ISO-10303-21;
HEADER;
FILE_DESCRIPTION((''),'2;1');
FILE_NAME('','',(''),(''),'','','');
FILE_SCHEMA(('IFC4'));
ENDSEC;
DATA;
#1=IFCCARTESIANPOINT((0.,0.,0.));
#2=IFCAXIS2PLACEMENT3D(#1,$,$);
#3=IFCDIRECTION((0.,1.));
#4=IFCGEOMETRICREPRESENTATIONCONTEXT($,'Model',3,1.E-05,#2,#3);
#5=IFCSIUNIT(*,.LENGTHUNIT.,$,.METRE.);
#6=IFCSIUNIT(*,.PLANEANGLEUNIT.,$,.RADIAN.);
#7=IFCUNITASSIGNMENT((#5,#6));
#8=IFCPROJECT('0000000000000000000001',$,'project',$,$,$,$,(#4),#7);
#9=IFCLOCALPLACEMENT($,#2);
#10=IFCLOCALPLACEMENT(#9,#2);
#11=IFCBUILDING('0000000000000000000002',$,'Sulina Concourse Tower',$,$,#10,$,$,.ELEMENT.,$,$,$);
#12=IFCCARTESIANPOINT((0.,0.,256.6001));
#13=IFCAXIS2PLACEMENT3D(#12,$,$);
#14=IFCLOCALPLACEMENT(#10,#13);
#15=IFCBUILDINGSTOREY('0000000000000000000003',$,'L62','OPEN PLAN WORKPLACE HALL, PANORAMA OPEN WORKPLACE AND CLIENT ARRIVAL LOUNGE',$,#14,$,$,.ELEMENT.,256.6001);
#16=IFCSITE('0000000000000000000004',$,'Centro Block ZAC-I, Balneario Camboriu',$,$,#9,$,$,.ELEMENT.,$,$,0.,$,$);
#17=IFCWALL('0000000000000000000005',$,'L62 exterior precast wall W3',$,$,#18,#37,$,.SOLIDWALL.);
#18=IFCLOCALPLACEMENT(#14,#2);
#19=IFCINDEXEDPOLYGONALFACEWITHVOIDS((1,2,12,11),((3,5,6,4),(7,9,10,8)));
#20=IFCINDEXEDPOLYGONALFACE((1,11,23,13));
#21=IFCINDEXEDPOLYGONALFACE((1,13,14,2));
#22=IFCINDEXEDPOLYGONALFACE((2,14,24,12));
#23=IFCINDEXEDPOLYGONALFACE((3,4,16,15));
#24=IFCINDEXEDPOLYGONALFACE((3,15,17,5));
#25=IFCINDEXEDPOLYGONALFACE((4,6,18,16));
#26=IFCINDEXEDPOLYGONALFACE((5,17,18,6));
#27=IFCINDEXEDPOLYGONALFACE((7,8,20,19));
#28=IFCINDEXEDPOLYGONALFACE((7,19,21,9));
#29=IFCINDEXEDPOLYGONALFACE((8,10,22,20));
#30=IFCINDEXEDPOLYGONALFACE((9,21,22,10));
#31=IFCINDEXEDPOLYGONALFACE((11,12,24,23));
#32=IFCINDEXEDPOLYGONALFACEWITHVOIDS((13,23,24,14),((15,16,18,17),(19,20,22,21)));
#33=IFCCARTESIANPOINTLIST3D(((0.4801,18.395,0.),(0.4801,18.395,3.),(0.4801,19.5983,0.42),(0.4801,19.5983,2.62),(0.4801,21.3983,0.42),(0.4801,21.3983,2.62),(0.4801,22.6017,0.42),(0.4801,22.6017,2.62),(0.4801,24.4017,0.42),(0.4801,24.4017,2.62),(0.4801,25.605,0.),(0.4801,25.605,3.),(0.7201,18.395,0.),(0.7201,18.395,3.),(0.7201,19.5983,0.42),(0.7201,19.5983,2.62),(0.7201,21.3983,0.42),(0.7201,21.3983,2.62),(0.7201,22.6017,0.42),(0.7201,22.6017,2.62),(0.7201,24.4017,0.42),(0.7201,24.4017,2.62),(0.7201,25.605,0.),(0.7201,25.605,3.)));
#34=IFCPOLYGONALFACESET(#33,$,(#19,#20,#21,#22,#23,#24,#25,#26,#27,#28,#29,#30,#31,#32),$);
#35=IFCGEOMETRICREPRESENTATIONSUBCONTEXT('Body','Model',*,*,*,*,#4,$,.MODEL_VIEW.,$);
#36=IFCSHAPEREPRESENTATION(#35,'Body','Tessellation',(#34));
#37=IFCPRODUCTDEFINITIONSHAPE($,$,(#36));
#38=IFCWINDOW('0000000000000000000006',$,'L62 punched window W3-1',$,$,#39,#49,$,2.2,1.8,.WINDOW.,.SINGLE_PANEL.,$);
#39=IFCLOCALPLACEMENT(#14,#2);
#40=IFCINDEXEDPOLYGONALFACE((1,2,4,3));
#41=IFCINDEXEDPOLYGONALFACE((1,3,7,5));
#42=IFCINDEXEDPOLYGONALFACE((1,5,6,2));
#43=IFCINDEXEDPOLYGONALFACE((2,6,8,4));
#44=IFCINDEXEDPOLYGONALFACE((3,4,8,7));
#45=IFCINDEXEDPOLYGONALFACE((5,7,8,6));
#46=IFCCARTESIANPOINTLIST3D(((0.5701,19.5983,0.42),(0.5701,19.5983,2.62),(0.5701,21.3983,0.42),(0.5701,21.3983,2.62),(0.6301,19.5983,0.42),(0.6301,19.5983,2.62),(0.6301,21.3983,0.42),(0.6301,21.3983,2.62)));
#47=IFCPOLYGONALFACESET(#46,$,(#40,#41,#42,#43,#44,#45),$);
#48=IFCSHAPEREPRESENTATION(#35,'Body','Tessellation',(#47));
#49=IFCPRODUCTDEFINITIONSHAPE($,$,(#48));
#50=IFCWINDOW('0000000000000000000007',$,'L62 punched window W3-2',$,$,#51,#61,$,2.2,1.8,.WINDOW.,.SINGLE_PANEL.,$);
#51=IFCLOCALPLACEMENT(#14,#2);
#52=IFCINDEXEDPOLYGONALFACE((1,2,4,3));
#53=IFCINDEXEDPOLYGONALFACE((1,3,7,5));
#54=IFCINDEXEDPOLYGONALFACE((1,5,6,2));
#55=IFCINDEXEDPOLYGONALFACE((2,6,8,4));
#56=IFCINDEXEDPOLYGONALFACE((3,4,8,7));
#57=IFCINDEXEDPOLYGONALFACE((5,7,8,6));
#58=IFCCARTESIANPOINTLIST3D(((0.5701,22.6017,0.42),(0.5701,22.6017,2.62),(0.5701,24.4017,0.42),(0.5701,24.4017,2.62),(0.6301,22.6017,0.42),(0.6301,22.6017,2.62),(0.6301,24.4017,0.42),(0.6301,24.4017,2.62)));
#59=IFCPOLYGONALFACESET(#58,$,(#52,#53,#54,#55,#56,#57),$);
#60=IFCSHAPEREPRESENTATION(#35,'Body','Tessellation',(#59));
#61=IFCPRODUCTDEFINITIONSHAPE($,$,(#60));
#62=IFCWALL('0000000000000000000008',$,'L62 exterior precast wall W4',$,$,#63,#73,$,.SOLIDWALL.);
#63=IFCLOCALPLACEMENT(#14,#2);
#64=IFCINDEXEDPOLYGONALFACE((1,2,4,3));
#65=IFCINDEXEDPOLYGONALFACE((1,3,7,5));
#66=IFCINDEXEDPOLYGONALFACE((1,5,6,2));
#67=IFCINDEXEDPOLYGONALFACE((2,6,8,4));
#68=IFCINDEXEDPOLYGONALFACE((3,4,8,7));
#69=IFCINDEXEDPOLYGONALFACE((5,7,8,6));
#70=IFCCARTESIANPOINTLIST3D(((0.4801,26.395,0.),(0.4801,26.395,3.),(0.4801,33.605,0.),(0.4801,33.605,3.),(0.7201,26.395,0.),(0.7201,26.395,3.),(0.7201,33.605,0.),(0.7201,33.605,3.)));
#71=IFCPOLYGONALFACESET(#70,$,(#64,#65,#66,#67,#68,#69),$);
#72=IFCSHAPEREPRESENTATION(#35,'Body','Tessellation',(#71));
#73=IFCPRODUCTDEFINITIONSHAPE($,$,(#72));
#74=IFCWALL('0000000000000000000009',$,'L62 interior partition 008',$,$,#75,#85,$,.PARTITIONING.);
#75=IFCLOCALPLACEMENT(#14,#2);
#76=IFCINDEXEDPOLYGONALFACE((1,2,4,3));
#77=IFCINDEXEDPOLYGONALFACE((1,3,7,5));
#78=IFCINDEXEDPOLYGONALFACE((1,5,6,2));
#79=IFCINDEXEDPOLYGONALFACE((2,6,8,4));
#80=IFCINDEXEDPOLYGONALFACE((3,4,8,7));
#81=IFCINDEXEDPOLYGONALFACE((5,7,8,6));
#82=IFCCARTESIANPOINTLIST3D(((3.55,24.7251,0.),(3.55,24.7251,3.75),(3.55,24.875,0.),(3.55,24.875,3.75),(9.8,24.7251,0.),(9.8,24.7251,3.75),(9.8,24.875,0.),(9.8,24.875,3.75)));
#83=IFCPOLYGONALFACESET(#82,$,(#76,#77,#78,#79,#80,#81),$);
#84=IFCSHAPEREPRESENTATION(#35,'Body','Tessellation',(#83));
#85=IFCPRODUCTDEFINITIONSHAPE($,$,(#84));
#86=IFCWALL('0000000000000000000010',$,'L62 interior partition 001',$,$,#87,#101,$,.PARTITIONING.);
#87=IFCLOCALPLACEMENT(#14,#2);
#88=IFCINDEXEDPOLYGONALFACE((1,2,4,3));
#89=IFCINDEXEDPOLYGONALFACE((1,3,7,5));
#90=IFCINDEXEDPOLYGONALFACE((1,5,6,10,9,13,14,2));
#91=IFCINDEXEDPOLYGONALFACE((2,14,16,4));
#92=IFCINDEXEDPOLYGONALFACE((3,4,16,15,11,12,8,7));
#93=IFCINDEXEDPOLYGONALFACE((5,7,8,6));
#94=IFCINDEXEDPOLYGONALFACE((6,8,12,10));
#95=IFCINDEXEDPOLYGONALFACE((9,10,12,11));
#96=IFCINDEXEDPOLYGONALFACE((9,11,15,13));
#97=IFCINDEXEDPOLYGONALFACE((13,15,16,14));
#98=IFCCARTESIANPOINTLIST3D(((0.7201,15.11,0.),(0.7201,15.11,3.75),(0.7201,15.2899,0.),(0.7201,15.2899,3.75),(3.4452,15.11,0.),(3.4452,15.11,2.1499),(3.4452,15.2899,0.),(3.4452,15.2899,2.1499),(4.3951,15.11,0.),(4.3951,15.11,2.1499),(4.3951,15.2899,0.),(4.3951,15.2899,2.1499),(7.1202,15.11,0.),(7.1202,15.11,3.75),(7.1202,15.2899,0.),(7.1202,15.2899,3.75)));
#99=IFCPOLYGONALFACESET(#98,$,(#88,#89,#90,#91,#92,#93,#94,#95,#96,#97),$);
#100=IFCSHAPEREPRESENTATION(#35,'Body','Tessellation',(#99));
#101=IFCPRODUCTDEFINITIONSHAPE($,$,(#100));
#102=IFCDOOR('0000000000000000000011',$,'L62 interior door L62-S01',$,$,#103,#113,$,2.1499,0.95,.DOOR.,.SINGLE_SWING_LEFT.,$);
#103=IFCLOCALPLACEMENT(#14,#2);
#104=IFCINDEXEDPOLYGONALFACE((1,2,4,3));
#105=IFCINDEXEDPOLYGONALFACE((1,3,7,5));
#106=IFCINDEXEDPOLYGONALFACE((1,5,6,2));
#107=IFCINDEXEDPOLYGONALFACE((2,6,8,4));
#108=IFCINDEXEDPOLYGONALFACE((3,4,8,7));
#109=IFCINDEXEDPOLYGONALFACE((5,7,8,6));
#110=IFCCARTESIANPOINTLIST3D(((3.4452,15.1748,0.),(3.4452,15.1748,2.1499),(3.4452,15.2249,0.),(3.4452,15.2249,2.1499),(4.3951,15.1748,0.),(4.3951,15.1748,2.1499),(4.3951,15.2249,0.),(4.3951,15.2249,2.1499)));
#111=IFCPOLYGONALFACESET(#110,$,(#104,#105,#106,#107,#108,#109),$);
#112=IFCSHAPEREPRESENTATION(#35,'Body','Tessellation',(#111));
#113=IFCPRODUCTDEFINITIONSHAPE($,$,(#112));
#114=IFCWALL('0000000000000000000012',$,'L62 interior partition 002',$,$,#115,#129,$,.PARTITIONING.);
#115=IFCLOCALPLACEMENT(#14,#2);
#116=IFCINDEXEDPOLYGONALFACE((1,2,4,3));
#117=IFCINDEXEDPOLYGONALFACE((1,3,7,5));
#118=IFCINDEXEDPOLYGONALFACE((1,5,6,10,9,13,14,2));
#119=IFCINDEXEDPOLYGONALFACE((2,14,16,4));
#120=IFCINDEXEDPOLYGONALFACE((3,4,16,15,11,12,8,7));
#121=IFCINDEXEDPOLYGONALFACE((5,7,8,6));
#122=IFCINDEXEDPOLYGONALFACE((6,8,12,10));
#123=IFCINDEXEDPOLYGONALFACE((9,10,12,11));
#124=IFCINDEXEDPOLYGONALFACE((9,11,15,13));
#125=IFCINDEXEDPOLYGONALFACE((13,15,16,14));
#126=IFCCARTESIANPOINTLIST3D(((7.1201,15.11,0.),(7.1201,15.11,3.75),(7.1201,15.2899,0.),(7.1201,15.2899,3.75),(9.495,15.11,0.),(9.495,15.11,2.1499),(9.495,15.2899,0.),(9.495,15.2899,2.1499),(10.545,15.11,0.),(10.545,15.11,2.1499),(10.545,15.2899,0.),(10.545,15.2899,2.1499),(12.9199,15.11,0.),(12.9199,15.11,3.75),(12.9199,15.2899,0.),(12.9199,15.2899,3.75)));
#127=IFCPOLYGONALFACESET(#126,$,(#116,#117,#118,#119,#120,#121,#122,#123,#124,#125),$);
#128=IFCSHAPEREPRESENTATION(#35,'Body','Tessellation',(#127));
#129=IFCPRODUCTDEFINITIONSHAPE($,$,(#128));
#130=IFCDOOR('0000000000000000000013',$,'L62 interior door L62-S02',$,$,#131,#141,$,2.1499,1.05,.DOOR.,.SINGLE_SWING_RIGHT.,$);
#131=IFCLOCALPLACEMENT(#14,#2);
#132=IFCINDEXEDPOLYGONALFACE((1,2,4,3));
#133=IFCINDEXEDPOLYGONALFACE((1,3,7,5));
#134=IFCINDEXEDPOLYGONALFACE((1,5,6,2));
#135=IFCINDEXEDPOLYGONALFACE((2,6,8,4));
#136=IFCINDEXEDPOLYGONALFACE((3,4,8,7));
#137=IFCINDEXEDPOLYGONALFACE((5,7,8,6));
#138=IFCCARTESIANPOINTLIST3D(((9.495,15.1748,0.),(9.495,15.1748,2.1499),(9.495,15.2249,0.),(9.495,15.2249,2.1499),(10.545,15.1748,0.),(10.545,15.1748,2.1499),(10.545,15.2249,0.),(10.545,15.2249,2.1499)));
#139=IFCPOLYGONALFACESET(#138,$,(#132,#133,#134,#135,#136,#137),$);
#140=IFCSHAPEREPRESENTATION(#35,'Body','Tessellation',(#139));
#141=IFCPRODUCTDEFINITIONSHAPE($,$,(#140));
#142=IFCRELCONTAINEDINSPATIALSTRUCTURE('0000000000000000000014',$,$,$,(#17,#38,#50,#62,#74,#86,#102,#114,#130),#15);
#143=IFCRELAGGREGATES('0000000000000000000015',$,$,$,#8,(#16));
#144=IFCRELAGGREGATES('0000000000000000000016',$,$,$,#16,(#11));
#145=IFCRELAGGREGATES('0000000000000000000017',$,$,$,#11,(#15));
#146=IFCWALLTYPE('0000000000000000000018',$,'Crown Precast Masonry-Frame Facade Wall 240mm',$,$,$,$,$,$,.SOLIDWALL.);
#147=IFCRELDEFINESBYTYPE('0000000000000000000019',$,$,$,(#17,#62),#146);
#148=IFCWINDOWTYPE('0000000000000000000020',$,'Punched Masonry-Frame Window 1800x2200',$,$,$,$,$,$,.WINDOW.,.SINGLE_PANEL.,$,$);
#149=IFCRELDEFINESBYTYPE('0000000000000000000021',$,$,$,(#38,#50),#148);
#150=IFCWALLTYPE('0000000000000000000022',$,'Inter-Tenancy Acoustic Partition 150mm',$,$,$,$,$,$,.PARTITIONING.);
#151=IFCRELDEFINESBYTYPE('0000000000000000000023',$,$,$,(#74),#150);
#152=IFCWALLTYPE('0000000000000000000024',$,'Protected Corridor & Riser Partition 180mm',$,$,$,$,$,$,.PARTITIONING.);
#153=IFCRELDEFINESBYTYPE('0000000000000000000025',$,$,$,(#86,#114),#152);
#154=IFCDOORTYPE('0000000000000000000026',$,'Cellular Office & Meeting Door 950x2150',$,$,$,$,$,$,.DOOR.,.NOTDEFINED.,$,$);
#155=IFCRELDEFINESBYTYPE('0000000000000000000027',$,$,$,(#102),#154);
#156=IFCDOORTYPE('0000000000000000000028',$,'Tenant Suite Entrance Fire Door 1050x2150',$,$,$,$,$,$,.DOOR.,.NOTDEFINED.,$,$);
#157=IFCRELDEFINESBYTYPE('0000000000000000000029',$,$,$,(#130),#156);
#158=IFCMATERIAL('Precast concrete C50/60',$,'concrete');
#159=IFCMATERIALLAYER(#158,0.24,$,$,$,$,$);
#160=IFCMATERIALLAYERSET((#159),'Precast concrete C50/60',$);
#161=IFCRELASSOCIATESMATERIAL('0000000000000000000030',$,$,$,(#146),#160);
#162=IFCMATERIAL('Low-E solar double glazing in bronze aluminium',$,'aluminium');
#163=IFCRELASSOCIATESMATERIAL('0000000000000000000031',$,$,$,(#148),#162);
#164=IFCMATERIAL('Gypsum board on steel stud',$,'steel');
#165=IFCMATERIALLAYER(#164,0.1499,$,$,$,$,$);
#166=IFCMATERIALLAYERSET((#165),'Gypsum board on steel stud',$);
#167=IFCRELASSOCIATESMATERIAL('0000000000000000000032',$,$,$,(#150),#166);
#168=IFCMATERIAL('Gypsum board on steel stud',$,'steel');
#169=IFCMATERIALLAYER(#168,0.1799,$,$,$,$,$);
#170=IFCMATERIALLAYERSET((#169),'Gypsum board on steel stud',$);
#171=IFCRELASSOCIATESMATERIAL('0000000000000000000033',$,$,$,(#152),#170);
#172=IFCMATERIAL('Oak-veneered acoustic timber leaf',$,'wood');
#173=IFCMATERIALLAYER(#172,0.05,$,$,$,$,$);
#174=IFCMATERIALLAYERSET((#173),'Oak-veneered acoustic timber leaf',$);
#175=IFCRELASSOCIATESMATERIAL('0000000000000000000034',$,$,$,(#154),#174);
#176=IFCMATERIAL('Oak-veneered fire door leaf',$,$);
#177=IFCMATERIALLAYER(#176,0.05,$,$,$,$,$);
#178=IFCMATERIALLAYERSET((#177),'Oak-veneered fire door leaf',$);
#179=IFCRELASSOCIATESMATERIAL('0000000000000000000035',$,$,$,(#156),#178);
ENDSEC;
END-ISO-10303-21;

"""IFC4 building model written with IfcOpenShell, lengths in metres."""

from ifc_helpers import new_model, si_unit, direction, frame, frame_2d, origin, place, context, subcontext, project, spatial, rectangle, extrude, material, layer, layer_set, type_object, element, fill, save


model = new_model("IFC4")

# Units and contexts
model_context = context("Model", 3, precision=1e-05, world=origin(), true_north=direction((0.0, 1.0)))
body_context = subcontext(model_context, "Body", "Model", "MODEL_VIEW")
ifc_project = project(units=[si_unit("LENGTHUNIT", "METRE"), si_unit("PLANEANGLEUNIT", "RADIAN")], contexts=[model_context])

# Site, building, storey
site_placement = place(None, origin())
site = spatial("IfcSite", under=ifc_project, at=site_placement, Name="Centro Block ZAC-I, Balneario Camboriu", CompositionType="ELEMENT", RefElevation=0.0)
building_placement = place(site_placement, origin())
building = spatial("IfcBuilding", under=site, at=building_placement, Name="Sulina Concourse Tower", CompositionType="ELEMENT")
storey_placement = place(building_placement, frame((0.0, 0.0, 256.6001)))
storey = spatial("IfcBuildingStorey", under=building, at=storey_placement, Name="L62", Description="OPEN PLAN WORKPLACE HALL, PANORAMA OPEN WORKPLACE AND CLIENT ARRIVAL LOUNGE", CompositionType="ELEMENT", Elevation=256.6001)

# Wall, openings, windows
ifc_material_1 = material(Name="Precast concrete C50/60", Category="concrete")
ifc_layer_1 = layer(ifc_material_1, 0.24)
ifc_layer_set_1 = layer_set([ifc_layer_1], Name="Precast concrete C50/60")
wall_type_1 = type_object("IfcWallType", Name="Crown Precast Masonry-Frame Facade Wall 240mm", PredefinedType="SOLIDWALL", material=ifc_layer_set_1)
wall_1_placement = place(storey_placement, frame((0.6001, 18.395, 0.0), z_axis=(0.0, 0.0, 1.0), x_axis=(0.0, 1.0, 0.0)))
wall_1 = element("IfcWall", 1, at=wall_1_placement, inside=storey, type_object=wall_type_1, Name="L62 exterior precast wall W3", PredefinedType="SOLIDWALL", context=body_context, shape_type="SweptSolid", body=[
    extrude(rectangle(XDim=7.21, YDim=0.24, at=frame_2d((3.605, 0.0))), origin(), (0.0, 0.0, 1.0), 3.0),
])
opening_1_placement = place(wall_1_placement, frame((1.2034, 0.0, 0.4199)))
opening_1 = element("IfcOpeningElement", 2, at=opening_1_placement, cuts=wall_1, PredefinedType="OPENING", context=body_context, shape_type="SweptSolid", body=[
    extrude(rectangle(XDim=1.8, YDim=2.2, at=frame_2d((0.8999, 1.1001))), frame((0.0, 0.1299, 0.0), z_axis=(0.0, -1.0, 0.0), x_axis=(1.0, 0.0, 0.0)), (0.0, 0.0, 1.0), 0.26),
])
opening_2_placement = place(wall_1_placement, frame((4.2068, 0.0, 0.4199)))
opening_2 = element("IfcOpeningElement", 3, at=opening_2_placement, cuts=wall_1, PredefinedType="OPENING", context=body_context, shape_type="SweptSolid", body=[
    extrude(rectangle(XDim=1.8, YDim=2.2, at=frame_2d((0.8999, 1.1001))), frame((0.0, 0.1299, 0.0), z_axis=(0.0, -1.0, 0.0), x_axis=(1.0, 0.0, 0.0)), (0.0, 0.0, 1.0), 0.26),
])
ifc_material_2 = material(Name="Low-E solar double glazing in bronze aluminium", Category="aluminium")
window_type = type_object("IfcWindowType", Name="Punched Masonry-Frame Window 1800x2200", PartitioningType="SINGLE_PANEL", PredefinedType="WINDOW", material=ifc_material_2)
window_1_placement = place(opening_1_placement, origin())
window_1 = element("IfcWindow", 4, at=window_1_placement, inside=storey, type_object=window_type, Name="L62 punched window W3-1", OverallHeight=2.2, OverallWidth=1.8, PartitioningType="SINGLE_PANEL", PredefinedType="WINDOW", context=body_context, shape_type="SweptSolid", body=[
    extrude(rectangle(XDim=1.8, YDim=2.2, at=frame_2d((0.8999, 1.1001))), frame((0.0, 0.03, 0.0), z_axis=(0.0, -1.0, 0.0), x_axis=(1.0, 0.0, 0.0)), (0.0, 0.0, 1.0), 0.0601),
])
fill(opening_1, window_1)
window_2_placement = place(opening_2_placement, origin())
window_2 = element("IfcWindow", 5, at=window_2_placement, inside=storey, type_object=window_type, Name="L62 punched window W3-2", OverallHeight=2.2, OverallWidth=1.8, PartitioningType="SINGLE_PANEL", PredefinedType="WINDOW", context=body_context, shape_type="SweptSolid", body=[
    extrude(rectangle(XDim=1.8, YDim=2.2, at=frame_2d((0.8999, 1.1001))), frame((0.0, 0.03, 0.0), z_axis=(0.0, -1.0, 0.0), x_axis=(1.0, 0.0, 0.0)), (0.0, 0.0, 1.0), 0.0601),
])
fill(opening_2, window_2)

# Walls
wall_2_placement = place(storey_placement, frame((0.6001, 26.395, 0.0), z_axis=(0.0, 0.0, 1.0), x_axis=(0.0, 1.0, 0.0)))
element("IfcWall", 6, at=wall_2_placement, inside=storey, type_object=wall_type_1, Name="L62 exterior precast wall W4", PredefinedType="SOLIDWALL", context=body_context, shape_type="SweptSolid", body=[
    extrude(rectangle(XDim=7.21, YDim=0.24, at=frame_2d((3.605, 0.0))), origin(), (0.0, 0.0, 1.0), 3.0),
])
ifc_material_3 = material(Name="Gypsum board on steel stud", Category="steel")
ifc_layer_2 = layer(ifc_material_3, 0.1499)
ifc_layer_set_2 = layer_set([ifc_layer_2], Name="Gypsum board on steel stud")
wall_type_2 = type_object("IfcWallType", Name="Inter-Tenancy Acoustic Partition 150mm", PredefinedType="PARTITIONING", material=ifc_layer_set_2)
wall_3_placement = place(storey_placement, frame((3.55, 24.8, 0.0), z_axis=(0.0, 0.0, 1.0), x_axis=(1.0, 0.0, 0.0)))
element("IfcWall", 7, at=wall_3_placement, inside=storey, type_object=wall_type_2, Name="L62 interior partition 008", PredefinedType="PARTITIONING", context=body_context, shape_type="SweptSolid", body=[
    extrude(rectangle(XDim=6.25, YDim=0.1499, at=frame_2d((3.125, 0.0))), origin(), (0.0, 0.0, 1.0), 3.75),
])

# Walls, openings, doors
ifc_material_4 = material(Name="Gypsum board on steel stud", Category="steel")
ifc_layer_3 = layer(ifc_material_4, 0.1799)
ifc_layer_set_3 = layer_set([ifc_layer_3], Name="Gypsum board on steel stud")
wall_type_3 = type_object("IfcWallType", Name="Protected Corridor & Riser Partition 180mm", PredefinedType="PARTITIONING", material=ifc_layer_set_3)
wall_4_placement = place(storey_placement, frame((0.72, 15.2, 0.0), z_axis=(0.0, 0.0, 1.0), x_axis=(1.0, 0.0, 0.0)))
wall_4 = element("IfcWall", 8, at=wall_4_placement, inside=storey, type_object=wall_type_3, Name="L62 interior partition 001", PredefinedType="PARTITIONING", context=body_context, shape_type="SweptSolid", body=[
    extrude(rectangle(XDim=6.4001, YDim=0.1799, at=frame_2d((3.2002, 0.0))), origin(), (0.0, 0.0, 1.0), 3.75),
])
opening_3_placement = place(wall_4_placement, frame((2.7251, 0.0, 0.0)))
opening_3 = element("IfcOpeningElement", 9, at=opening_3_placement, cuts=wall_4, PredefinedType="OPENING", context=body_context, shape_type="SweptSolid", body=[
    extrude(rectangle(XDim=0.95, YDim=2.1499, at=frame_2d((0.4751, 1.075))), frame((0.0, 0.0999, 0.0), z_axis=(0.0, -1.0, 0.0), x_axis=(1.0, 0.0, 0.0)), (0.0, 0.0, 1.0), 0.2),
])
ifc_material_5 = material(Name="Oak-veneered acoustic timber leaf", Category="wood")
ifc_layer_4 = layer(ifc_material_5, 0.05)
ifc_layer_set_4 = layer_set([ifc_layer_4], Name="Oak-veneered acoustic timber leaf")
door_type_1 = type_object("IfcDoorType", Name="Cellular Office & Meeting Door 950x2150", OperationType="NOTDEFINED", PredefinedType="DOOR", material=ifc_layer_set_4)
door_1_placement = place(opening_3_placement, origin())
door_1 = element("IfcDoor", 10, at=door_1_placement, inside=storey, type_object=door_type_1, Name="L62 interior door L62-S01", OperationType="SINGLE_SWING_LEFT", OverallHeight=2.1499, OverallWidth=0.95, PredefinedType="DOOR", context=body_context, shape_type="SweptSolid", body=[
    extrude(rectangle(XDim=0.95, YDim=2.1499, at=frame_2d((0.4751, 1.075))), frame((0.0, 0.0249, 0.0), z_axis=(0.0, -1.0, 0.0), x_axis=(1.0, 0.0, 0.0)), (0.0, 0.0, 1.0), 0.05),
])
fill(opening_3, door_1)
wall_5_placement = place(storey_placement, frame((7.1201, 15.2, 0.0), z_axis=(0.0, 0.0, 1.0), x_axis=(1.0, 0.0, 0.0)))
wall_5 = element("IfcWall", 11, at=wall_5_placement, inside=storey, type_object=wall_type_3, Name="L62 interior partition 002", PredefinedType="PARTITIONING", context=body_context, shape_type="SweptSolid", body=[
    extrude(rectangle(XDim=5.7998, YDim=0.1799, at=frame_2d((2.8999, 0.0))), origin(), (0.0, 0.0, 1.0), 3.75),
])
opening_4_placement = place(wall_5_placement, frame((2.375, 0.0, 0.0)))
opening_4 = element("IfcOpeningElement", 12, at=opening_4_placement, cuts=wall_5, PredefinedType="OPENING", context=body_context, shape_type="SweptSolid", body=[
    extrude(rectangle(XDim=1.05, YDim=2.1499, at=frame_2d((0.5249, 1.075))), frame((0.0, 0.0999, 0.0), z_axis=(0.0, -1.0, 0.0), x_axis=(1.0, 0.0, 0.0)), (0.0, 0.0, 1.0), 0.2),
])
ifc_material_6 = material(Name="Oak-veneered fire door leaf")
ifc_layer_5 = layer(ifc_material_6, 0.05)
ifc_layer_set_5 = layer_set([ifc_layer_5], Name="Oak-veneered fire door leaf")
door_type_2 = type_object("IfcDoorType", Name="Tenant Suite Entrance Fire Door 1050x2150", OperationType="NOTDEFINED", PredefinedType="DOOR", material=ifc_layer_set_5)
door_2_placement = place(opening_4_placement, origin())
door_2 = element("IfcDoor", 13, at=door_2_placement, inside=storey, type_object=door_type_2, Name="L62 interior door L62-S02", OperationType="SINGLE_SWING_RIGHT", OverallHeight=2.1499, OverallWidth=1.05, PredefinedType="DOOR", context=body_context, shape_type="SweptSolid", body=[
    extrude(rectangle(XDim=1.05, YDim=2.1499, at=frame_2d((0.5249, 1.075))), frame((0.0, 0.0249, 0.0), z_axis=(0.0, -1.0, 0.0), x_axis=(1.0, 0.0, 0.0)), (0.0, 0.0, 1.0), 0.05),
])
fill(opening_4, door_2)

save(model, "model.ifc")
